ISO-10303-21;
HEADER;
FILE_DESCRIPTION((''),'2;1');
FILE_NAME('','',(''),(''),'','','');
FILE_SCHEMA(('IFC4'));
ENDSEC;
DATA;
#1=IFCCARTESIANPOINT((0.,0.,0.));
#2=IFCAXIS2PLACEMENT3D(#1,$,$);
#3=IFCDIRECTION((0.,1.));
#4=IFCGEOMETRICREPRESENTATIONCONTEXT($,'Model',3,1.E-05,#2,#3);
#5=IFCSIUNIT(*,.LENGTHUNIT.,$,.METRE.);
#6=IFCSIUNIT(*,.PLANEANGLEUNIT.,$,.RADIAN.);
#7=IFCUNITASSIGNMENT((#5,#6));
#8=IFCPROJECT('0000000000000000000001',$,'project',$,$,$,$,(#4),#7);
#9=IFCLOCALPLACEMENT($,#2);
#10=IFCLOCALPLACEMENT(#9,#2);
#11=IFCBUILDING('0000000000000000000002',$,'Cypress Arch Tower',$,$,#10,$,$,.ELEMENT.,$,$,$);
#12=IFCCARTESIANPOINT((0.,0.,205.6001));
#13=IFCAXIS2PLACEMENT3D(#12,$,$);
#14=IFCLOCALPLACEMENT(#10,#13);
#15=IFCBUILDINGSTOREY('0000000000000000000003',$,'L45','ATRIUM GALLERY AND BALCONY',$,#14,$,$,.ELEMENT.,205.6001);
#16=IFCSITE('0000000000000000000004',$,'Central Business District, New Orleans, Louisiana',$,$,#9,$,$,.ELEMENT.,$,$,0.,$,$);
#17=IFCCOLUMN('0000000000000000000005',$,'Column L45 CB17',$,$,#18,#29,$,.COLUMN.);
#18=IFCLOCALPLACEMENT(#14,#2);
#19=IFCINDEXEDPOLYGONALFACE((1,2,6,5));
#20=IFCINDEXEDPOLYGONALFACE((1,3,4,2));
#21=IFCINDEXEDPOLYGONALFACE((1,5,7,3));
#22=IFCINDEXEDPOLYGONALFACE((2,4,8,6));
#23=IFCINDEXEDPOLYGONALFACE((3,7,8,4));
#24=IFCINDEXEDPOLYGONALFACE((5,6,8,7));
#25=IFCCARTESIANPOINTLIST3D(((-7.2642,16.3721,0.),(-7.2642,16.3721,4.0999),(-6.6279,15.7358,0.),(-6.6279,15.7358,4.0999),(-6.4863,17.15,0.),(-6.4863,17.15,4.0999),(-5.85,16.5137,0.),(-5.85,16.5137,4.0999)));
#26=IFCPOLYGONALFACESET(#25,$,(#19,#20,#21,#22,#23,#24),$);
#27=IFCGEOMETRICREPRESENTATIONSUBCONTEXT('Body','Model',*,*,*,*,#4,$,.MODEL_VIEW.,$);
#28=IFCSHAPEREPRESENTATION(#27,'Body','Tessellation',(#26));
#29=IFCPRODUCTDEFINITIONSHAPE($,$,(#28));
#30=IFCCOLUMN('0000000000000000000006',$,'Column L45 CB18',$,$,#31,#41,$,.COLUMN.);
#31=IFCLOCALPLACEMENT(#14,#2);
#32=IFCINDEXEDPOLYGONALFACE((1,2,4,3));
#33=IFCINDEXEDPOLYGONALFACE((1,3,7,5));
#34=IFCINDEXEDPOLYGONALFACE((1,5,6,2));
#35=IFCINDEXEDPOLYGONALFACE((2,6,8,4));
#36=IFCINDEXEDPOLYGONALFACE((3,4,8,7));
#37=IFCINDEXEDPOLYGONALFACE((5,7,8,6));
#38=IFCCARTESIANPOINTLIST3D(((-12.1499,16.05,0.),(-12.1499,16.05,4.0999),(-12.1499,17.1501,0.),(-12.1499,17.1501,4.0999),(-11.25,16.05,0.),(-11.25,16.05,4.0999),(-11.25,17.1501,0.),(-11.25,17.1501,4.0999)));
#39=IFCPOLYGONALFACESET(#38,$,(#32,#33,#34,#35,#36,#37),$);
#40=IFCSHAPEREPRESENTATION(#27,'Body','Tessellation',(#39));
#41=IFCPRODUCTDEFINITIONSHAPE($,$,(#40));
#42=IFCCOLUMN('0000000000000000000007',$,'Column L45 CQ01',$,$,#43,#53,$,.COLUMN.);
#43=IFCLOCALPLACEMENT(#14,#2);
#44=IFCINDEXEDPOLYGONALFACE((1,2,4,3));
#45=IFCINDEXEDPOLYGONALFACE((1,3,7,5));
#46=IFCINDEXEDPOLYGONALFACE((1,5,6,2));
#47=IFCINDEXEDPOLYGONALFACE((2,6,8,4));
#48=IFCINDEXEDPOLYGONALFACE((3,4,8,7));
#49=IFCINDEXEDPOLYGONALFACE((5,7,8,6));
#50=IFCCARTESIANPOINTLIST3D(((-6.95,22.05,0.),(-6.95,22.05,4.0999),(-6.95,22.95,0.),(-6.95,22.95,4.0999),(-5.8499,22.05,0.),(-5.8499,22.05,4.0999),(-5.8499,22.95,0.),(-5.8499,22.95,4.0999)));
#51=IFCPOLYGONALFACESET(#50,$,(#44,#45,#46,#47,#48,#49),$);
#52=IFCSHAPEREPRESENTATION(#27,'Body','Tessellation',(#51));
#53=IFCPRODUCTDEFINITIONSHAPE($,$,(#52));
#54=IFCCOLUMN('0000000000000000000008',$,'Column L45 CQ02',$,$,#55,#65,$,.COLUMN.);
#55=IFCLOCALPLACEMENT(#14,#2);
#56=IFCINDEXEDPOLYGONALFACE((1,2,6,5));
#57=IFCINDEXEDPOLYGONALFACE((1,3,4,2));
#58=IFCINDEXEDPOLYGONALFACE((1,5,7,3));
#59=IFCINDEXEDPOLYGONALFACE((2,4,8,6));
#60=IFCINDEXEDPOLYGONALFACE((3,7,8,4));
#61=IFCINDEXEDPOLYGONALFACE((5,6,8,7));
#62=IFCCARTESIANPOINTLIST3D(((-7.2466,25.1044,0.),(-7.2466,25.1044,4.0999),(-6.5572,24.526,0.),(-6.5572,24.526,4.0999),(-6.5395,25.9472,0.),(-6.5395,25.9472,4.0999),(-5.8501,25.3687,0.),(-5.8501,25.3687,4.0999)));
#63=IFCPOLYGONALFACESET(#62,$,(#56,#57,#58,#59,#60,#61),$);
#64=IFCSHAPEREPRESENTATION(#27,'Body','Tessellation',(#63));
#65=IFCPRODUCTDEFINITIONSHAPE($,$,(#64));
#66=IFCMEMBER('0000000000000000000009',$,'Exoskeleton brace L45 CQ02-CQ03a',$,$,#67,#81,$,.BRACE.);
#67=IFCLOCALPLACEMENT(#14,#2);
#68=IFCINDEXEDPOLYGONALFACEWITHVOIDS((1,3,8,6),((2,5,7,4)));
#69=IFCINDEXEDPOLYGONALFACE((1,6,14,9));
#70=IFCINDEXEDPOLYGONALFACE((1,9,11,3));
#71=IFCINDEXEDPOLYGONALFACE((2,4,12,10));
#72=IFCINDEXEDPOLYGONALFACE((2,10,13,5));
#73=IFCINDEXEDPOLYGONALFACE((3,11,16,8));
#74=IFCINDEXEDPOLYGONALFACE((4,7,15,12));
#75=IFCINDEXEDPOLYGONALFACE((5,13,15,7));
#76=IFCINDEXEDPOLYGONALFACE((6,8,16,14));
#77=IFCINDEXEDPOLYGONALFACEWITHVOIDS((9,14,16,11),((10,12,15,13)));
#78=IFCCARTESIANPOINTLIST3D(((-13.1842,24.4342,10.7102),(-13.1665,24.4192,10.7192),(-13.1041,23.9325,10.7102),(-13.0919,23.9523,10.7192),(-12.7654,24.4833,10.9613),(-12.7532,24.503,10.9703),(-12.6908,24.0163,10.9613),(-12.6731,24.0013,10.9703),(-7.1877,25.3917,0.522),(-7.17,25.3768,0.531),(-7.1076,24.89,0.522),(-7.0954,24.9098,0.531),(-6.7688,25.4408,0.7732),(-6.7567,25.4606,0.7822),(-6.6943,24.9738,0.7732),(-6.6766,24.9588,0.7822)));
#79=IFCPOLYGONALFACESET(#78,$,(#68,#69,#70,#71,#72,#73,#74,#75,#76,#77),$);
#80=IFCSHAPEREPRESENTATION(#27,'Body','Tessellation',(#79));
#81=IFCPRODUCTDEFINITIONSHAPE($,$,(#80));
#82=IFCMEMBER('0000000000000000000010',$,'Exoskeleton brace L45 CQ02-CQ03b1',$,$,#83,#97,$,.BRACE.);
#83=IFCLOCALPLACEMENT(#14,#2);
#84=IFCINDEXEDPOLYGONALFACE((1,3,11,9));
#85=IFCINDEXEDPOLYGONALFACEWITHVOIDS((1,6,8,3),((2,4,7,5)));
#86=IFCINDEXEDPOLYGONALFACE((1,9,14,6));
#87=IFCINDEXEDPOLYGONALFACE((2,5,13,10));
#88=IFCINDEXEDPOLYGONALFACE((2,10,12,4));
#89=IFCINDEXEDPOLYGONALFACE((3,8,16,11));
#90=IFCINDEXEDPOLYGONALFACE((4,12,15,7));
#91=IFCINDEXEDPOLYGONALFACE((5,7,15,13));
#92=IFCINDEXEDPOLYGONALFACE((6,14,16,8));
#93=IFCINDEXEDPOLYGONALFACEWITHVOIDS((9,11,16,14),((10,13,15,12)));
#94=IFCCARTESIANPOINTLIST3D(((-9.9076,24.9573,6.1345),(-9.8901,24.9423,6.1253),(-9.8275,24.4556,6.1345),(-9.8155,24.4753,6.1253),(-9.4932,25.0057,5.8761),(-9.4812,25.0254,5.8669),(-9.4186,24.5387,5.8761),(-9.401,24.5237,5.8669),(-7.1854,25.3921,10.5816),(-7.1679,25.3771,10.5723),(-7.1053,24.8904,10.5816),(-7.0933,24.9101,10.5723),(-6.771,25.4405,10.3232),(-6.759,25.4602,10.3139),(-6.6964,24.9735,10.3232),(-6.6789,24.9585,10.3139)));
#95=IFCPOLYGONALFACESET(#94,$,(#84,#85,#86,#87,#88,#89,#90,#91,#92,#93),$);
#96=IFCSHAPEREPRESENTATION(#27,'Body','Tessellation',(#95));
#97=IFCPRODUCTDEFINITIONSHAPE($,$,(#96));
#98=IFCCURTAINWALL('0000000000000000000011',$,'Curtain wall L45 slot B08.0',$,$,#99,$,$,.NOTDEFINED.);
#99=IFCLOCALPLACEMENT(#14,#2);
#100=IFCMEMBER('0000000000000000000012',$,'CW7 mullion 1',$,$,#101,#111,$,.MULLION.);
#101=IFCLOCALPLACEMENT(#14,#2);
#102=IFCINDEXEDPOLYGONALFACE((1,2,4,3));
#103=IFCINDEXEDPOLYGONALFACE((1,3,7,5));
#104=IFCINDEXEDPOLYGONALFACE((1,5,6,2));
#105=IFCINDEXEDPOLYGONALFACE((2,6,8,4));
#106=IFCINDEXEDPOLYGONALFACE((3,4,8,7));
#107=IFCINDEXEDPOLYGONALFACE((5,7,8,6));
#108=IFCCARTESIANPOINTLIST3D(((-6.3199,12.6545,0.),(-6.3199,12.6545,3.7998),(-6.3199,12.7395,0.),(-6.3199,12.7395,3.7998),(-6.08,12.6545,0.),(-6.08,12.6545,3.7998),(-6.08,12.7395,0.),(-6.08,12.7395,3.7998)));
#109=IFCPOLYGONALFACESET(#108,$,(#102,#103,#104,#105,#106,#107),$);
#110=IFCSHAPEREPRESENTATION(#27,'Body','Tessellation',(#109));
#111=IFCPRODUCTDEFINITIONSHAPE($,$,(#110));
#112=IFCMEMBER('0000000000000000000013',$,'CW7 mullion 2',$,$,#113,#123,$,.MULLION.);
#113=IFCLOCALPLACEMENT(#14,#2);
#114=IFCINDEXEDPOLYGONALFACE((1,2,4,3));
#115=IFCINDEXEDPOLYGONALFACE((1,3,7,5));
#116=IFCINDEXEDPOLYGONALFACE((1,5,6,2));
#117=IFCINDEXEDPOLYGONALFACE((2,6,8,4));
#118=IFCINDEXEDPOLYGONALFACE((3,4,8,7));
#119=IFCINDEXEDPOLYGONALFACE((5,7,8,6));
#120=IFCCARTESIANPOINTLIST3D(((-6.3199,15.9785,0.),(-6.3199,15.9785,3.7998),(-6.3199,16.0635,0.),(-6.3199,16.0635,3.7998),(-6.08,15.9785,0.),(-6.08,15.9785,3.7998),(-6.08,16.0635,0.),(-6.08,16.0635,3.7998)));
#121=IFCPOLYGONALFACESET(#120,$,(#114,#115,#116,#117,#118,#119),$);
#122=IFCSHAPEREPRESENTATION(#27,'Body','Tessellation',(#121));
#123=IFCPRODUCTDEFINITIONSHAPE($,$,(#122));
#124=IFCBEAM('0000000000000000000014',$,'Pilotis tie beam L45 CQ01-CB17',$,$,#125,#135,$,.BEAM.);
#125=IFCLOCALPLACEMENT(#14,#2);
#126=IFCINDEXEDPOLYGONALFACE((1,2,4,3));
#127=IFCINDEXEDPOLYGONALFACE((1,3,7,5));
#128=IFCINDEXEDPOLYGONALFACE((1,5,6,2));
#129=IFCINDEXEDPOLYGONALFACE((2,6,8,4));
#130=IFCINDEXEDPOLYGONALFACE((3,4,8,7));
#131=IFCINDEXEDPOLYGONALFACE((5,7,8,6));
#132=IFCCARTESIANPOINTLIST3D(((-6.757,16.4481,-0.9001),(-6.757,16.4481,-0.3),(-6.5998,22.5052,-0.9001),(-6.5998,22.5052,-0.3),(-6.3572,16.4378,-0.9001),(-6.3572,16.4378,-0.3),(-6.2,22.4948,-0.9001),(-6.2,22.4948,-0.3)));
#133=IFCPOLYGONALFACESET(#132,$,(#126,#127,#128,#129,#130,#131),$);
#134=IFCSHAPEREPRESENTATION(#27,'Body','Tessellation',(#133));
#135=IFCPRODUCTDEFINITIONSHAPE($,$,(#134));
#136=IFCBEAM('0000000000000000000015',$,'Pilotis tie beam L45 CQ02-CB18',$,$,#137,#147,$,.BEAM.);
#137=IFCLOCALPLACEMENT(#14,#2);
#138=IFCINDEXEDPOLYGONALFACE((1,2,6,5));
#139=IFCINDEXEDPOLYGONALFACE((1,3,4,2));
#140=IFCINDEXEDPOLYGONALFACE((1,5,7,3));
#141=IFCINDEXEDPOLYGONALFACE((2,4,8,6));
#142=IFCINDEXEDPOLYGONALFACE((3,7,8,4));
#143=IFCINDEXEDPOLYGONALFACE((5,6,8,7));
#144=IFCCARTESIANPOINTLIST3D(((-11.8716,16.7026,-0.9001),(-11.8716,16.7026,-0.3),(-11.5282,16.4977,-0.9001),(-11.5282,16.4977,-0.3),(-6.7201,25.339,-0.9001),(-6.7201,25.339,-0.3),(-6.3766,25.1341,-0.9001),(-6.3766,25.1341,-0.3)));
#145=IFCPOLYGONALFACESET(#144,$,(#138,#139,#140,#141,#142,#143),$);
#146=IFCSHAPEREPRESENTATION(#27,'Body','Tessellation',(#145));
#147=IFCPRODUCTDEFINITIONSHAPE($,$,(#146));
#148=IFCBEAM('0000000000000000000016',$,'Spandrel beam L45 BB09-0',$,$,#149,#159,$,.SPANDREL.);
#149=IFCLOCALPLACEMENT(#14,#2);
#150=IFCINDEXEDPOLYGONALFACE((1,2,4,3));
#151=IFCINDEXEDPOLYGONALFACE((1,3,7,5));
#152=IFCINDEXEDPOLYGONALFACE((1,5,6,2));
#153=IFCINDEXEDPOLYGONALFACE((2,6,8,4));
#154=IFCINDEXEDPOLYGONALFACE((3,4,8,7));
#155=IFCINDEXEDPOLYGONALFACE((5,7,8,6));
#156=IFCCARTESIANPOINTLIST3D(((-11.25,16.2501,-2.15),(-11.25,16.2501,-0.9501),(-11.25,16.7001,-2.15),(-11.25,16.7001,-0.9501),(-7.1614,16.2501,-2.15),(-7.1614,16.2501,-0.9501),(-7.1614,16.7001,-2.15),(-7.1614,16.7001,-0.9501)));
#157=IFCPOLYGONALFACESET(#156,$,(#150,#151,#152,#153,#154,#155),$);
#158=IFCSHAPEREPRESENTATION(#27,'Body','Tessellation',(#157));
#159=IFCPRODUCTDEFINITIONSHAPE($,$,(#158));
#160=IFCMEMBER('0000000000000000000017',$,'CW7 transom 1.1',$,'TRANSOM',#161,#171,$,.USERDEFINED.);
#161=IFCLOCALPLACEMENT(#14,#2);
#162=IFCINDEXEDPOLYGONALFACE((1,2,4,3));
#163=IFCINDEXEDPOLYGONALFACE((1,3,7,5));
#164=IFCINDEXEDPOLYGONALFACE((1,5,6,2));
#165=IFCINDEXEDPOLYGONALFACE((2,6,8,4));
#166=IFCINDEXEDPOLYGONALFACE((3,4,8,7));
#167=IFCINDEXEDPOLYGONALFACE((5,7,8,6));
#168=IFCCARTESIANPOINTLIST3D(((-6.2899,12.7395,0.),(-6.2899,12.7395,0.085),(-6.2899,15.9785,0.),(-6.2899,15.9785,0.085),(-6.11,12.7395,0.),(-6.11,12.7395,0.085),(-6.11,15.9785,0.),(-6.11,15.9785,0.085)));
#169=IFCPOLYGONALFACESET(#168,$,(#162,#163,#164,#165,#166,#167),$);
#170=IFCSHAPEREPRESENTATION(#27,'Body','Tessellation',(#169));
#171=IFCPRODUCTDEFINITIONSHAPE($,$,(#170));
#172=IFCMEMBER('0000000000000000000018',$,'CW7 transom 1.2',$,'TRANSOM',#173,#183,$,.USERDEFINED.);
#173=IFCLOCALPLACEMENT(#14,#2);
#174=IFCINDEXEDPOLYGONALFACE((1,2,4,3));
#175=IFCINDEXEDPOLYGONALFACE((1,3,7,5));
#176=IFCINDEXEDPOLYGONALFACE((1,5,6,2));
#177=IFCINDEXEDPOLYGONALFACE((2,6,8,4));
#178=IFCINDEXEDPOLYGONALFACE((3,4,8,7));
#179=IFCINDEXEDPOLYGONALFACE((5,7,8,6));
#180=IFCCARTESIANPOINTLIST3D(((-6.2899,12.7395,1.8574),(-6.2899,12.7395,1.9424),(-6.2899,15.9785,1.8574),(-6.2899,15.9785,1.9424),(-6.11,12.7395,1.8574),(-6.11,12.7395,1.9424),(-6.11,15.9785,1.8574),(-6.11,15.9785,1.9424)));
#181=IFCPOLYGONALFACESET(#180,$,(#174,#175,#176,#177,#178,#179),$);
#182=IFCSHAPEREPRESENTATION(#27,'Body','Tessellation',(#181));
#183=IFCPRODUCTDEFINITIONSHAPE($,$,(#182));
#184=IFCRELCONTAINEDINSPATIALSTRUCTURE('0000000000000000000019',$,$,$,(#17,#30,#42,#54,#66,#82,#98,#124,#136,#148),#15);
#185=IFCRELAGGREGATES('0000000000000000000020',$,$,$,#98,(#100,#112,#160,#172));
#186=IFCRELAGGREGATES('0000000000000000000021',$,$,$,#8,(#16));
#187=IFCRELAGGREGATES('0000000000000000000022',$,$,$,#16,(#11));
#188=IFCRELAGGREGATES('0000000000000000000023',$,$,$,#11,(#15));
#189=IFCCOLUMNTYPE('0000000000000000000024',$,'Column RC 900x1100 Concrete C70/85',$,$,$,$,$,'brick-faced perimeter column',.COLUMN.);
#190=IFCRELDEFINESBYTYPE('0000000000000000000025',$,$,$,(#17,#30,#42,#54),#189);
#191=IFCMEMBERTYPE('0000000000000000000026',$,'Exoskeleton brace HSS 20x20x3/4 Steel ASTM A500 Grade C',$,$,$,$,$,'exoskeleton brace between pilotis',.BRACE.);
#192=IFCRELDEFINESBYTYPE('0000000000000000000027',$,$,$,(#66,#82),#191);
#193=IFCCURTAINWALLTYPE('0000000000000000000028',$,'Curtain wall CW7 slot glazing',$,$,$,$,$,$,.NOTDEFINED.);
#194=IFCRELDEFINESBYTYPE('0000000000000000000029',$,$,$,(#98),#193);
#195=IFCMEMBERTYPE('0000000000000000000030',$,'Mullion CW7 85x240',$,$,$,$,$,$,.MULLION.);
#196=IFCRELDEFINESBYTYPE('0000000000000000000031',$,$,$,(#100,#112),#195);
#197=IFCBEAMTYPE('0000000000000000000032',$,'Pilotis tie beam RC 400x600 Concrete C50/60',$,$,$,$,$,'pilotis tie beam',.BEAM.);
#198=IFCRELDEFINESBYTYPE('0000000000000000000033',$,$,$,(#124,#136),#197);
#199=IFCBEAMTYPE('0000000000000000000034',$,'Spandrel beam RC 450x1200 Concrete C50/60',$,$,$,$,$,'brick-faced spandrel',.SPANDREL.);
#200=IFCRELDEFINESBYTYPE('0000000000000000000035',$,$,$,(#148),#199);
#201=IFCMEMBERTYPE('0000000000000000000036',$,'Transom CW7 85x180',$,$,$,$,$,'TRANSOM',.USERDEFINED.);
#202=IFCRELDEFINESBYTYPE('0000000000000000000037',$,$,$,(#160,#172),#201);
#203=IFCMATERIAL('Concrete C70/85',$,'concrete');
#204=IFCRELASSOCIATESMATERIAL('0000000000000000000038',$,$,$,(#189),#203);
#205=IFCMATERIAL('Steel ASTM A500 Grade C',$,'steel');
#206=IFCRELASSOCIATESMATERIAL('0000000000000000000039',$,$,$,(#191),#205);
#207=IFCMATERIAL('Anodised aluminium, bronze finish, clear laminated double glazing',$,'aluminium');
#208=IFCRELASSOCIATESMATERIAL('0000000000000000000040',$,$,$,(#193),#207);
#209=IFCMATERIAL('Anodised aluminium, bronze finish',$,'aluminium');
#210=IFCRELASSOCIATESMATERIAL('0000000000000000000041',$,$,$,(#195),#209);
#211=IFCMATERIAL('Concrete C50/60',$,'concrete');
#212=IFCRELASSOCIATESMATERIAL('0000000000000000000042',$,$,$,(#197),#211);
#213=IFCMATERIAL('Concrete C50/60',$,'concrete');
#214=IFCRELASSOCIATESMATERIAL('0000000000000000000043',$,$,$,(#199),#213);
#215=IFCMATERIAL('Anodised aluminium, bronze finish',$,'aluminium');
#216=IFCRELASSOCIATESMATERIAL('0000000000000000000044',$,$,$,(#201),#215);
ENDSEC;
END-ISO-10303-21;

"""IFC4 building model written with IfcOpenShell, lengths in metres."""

from ifc_helpers import new_model, si_unit, direction, frame, origin, origin_2d, place, context, subcontext, project, spatial, rectangle, hollow_rectangle, extrude, material, material_profile, profile_set, type_object, element, aggregate, save


model = new_model("IFC4")

# Units and contexts
model_context = context("Model", 3, precision=1e-05, world=origin(), true_north=direction((0.0, 1.0)))
body_context = subcontext(model_context, "Body", "Model", "MODEL_VIEW")
ifc_project = project(units=[si_unit("LENGTHUNIT", "METRE"), si_unit("PLANEANGLEUNIT", "RADIAN")], contexts=[model_context])

# Site, building, storey
site_placement = place(None, origin())
site = spatial("IfcSite", under=ifc_project, at=site_placement, Name="Central Business District, New Orleans, Louisiana", CompositionType="ELEMENT", RefElevation=0.0)
building_placement = place(site_placement, origin())
building = spatial("IfcBuilding", under=site, at=building_placement, Name="Cypress Arch Tower", CompositionType="ELEMENT")
storey_placement = place(building_placement, frame((0.0, 0.0, 205.6001)))
storey = spatial("IfcBuildingStorey", under=building, at=storey_placement, Name="L45", Description="ATRIUM GALLERY AND BALCONY", CompositionType="ELEMENT", Elevation=205.6001)

# Columns
ifc_material_1 = material(Name="Concrete C70/85", Category="concrete")
ifc_material_profile_1 = material_profile(ifc_material_1, rectangle(XDim=0.8999, YDim=1.1001, at=origin_2d()), Name="RC 900x1100")
ifc_profile_set_1 = profile_set([ifc_material_profile_1], Name="Concrete C70/85")
column_type = type_object("IfcColumnType", Name="Column RC 900x1100 Concrete C70/85", ElementType="brick-faced perimeter column", PredefinedType="COLUMN", material=ifc_profile_set_1)
for number, where, z_axis, x_axis, name in (
    (1, (-6.5571, 16.4429, 0.0), (0.0, 0.0, 1.0), (-0.707107, 0.707107, 0.0), "Column L45 CB17"),
    (2, (-11.7, 16.6001, 0.0), (0.0, 0.0, 1.0), (-1.0, 0.0, 0.0), "Column L45 CB18"),
    (3, (-6.3999, 22.5, 0.0), (0.0, 0.0, 1.0), (0.0, 1.0, 0.0), "Column L45 CQ01"),
    (4, (-6.5483, 25.2366, 0.0), (0.0, 0.0, 1.0), (-0.766064, 0.642765, 0.0), "Column L45 CQ02"),
):
    element("IfcColumn", number, at=place(storey_placement, frame(where, z_axis=z_axis, x_axis=x_axis)), inside=storey, type_object=column_type, Name=name, PredefinedType="COLUMN", context=body_context, shape_type="SweptSolid", body=[
        extrude(rectangle(XDim=0.8999, YDim=1.1001, at=origin_2d()), origin(), (0.0, 0.0, 1.0), 4.0999),
    ])

# Members
ifc_material_2 = material(Name="Steel ASTM A500 Grade C", Category="steel")
ifc_material_profile_2 = material_profile(ifc_material_2, hollow_rectangle(XDim=0.5081, YDim=0.5081, WallThickness=0.0176, at=origin_2d()), Name="HSS 20x20x3/4")
ifc_profile_set_2 = profile_set([ifc_material_profile_2], Name="Steel ASTM A500 Grade C")
member_type_1 = type_object("IfcMemberType", Name="Exoskeleton brace HSS 20x20x3/4 Steel ASTM A500 Grade C", ElementType="exoskeleton brace between pilotis", PredefinedType="BRACE", material=ifc_profile_set_2)
member_1_placement = place(storey_placement, frame((-6.9321, 25.1753, 0.6521), z_axis=(-0.505585, -0.080731, 0.858992), x_axis=(0.15768, -0.98749, 0.0)))
element("IfcMember", 5, at=member_1_placement, inside=storey, type_object=member_type_1, Name="Exoskeleton brace L45 CQ02-CQ03a", PredefinedType="BRACE", context=body_context, shape_type="SweptSolid", body=[
    extrude(hollow_rectangle(XDim=0.5081, YDim=0.5081, WallThickness=0.0176, at=origin_2d()), origin(), (0.0, 0.0, 1.0), 11.8606),
])
member_2_placement = place(storey_placement, frame((-6.9321, 25.1753, 10.4478), z_axis=(-0.520278, -0.083105, -0.849944), x_axis=(0.157731, -0.987482, 0.0)))
element("IfcMember", 6, at=member_2_placement, inside=storey, type_object=member_type_1, Name="Exoskeleton brace L45 CQ02-CQ03b1", PredefinedType="BRACE", context=body_context, shape_type="SweptSolid", body=[
    extrude(hollow_rectangle(XDim=0.5081, YDim=0.5081, WallThickness=0.0176, at=origin_2d()), origin(), (0.0, 0.0, 1.0), 5.2322),
])

# Curtain wall, members
ifc_material_3 = material(Name="Anodised aluminium, bronze finish, clear laminated double glazing", Category="aluminium")
curtain_wall_type = type_object("IfcCurtainWallType", Name="Curtain wall CW7 slot glazing", PredefinedType="NOTDEFINED", material=ifc_material_3)
curtain_wall_placement = place(storey_placement, origin())
curtain_wall = element("IfcCurtainWall", 7, at=curtain_wall_placement, inside=storey, type_object=curtain_wall_type, Name="Curtain wall L45 slot B08.0", PredefinedType="NOTDEFINED")
ifc_material_4 = material(Name="Anodised aluminium, bronze finish", Category="aluminium")
ifc_material_profile_3 = material_profile(ifc_material_4, rectangle(XDim=0.24, YDim=0.085, at=origin_2d()), Name="Mullion 85x240")
ifc_profile_set_3 = profile_set([ifc_material_profile_3], Name="Anodised aluminium, bronze finish")
member_type_2 = type_object("IfcMemberType", Name="Mullion CW7 85x240", PredefinedType="MULLION", material=ifc_profile_set_3)
member_3_placement = place(storey_placement, frame((-6.2, 12.697, 0.0), z_axis=(0.0, 0.0, 1.0), x_axis=(-1.0, 0.0, 0.0)))
member_3 = element("IfcMember", 8, at=member_3_placement, type_object=member_type_2, Name="CW7 mullion 1", PredefinedType="MULLION", context=body_context, shape_type="SweptSolid", body=[
    extrude(rectangle(XDim=0.24, YDim=0.085, at=origin_2d()), origin(), (0.0, 0.0, 1.0), 3.7998),
])
member_4_placement = place(storey_placement, frame((-6.2, 16.021, 0.0), z_axis=(0.0, 0.0, 1.0), x_axis=(-1.0, 0.0, 0.0)))
member_4 = element("IfcMember", 9, at=member_4_placement, type_object=member_type_2, Name="CW7 mullion 2", PredefinedType="MULLION", context=body_context, shape_type="SweptSolid", body=[
    extrude(rectangle(XDim=0.24, YDim=0.085, at=origin_2d()), origin(), (0.0, 0.0, 1.0), 3.7998),
])

# Beams
ifc_material_5 = material(Name="Concrete C50/60", Category="concrete")
ifc_material_profile_4 = material_profile(ifc_material_5, rectangle(XDim=0.3999, YDim=0.6001, at=origin_2d()), Name="RC 400x600")
ifc_profile_set_4 = profile_set([ifc_material_profile_4], Name="Concrete C50/60")
beam_type_1 = type_object("IfcBeamType", Name="Pilotis tie beam RC 400x600 Concrete C50/60", ElementType="pilotis tie beam", PredefinedType="BEAM", material=ifc_profile_set_4)
beam_1_placement = place(storey_placement, frame((-6.3999, 22.5, -0.6001), z_axis=(-0.025949, -0.999663, 0.0), x_axis=(0.999663, -0.025949, 0.0)))
element("IfcBeam", 10, at=beam_1_placement, inside=storey, type_object=beam_type_1, Name="Pilotis tie beam L45 CQ01-CB17", PredefinedType="BEAM", context=body_context, shape_type="SweptSolid", body=[
    extrude(rectangle(XDim=0.3999, YDim=0.6001, at=origin_2d()), origin(), (0.0, 0.0, 1.0), 6.0591),
])
beam_2_placement = place(storey_placement, frame((-6.5483, 25.2366, -0.6001), z_axis=(-0.512281, -0.858818, 0.0), x_axis=(0.858818, -0.512281, 0.0)))
element("IfcBeam", 11, at=beam_2_placement, inside=storey, type_object=beam_type_1, Name="Pilotis tie beam L45 CQ02-CB18", PredefinedType="BEAM", context=body_context, shape_type="SweptSolid", body=[
    extrude(rectangle(XDim=0.3999, YDim=0.6001, at=origin_2d()), origin(), (0.0, 0.0, 1.0), 10.0562),
])
ifc_material_6 = material(Name="Concrete C50/60", Category="concrete")
ifc_material_profile_5 = material_profile(ifc_material_6, rectangle(XDim=0.45, YDim=1.2, at=origin_2d()), Name="RC 450x1200")
ifc_profile_set_5 = profile_set([ifc_material_profile_5], Name="Concrete C50/60")
beam_type_2 = type_object("IfcBeamType", Name="Spandrel beam RC 450x1200 Concrete C50/60", ElementType="brick-faced spandrel", PredefinedType="SPANDREL", material=ifc_profile_set_5)
beam_3_placement = place(storey_placement, frame((-7.1614, 16.4751, -1.55), z_axis=(-1.0, 0.0, 0.0), x_axis=(0.0, -1.0, 0.0)))
element("IfcBeam", 12, at=beam_3_placement, inside=storey, type_object=beam_type_2, Name="Spandrel beam L45 BB09-0", PredefinedType="SPANDREL", context=body_context, shape_type="SweptSolid", body=[
    extrude(rectangle(XDim=0.45, YDim=1.2, at=origin_2d()), origin(), (0.0, 0.0, 1.0), 4.0886),
])

# Members
ifc_material_7 = material(Name="Anodised aluminium, bronze finish", Category="aluminium")
ifc_material_profile_6 = material_profile(ifc_material_7, rectangle(XDim=0.1799, YDim=0.085, at=origin_2d()), Name="Transom 85x180")
ifc_profile_set_6 = profile_set([ifc_material_profile_6], Name="Anodised aluminium, bronze finish")
member_type_3 = type_object("IfcMemberType", Name="Transom CW7 85x180", ElementType="TRANSOM", PredefinedType="USERDEFINED", material=ifc_profile_set_6)
member_5_placement = place(storey_placement, frame((-6.2, 12.7395, 0.0425), z_axis=(0.0, 1.0, 0.0), x_axis=(-1.0, 0.0, 0.0)))
member_5 = element("IfcMember", 13, at=member_5_placement, type_object=member_type_3, Name="CW7 transom 1.1", ObjectType="TRANSOM", PredefinedType="USERDEFINED", context=body_context, shape_type="SweptSolid", body=[
    extrude(rectangle(XDim=0.1799, YDim=0.085, at=origin_2d()), origin(), (0.0, 0.0, 1.0), 3.239),
])
member_6_placement = place(storey_placement, frame((-6.2, 12.7395, 1.8999), z_axis=(0.0, 1.0, 0.0), x_axis=(-1.0, 0.0, 0.0)))
member_6 = element("IfcMember", 14, at=member_6_placement, type_object=member_type_3, Name="CW7 transom 1.2", ObjectType="TRANSOM", PredefinedType="USERDEFINED", context=body_context, shape_type="SweptSolid", body=[
    extrude(rectangle(XDim=0.1799, YDim=0.085, at=origin_2d()), origin(), (0.0, 0.0, 1.0), 3.239),
])

aggregate(curtain_wall, [member_3, member_4, member_5, member_6])

save(model, "model.ifc")
